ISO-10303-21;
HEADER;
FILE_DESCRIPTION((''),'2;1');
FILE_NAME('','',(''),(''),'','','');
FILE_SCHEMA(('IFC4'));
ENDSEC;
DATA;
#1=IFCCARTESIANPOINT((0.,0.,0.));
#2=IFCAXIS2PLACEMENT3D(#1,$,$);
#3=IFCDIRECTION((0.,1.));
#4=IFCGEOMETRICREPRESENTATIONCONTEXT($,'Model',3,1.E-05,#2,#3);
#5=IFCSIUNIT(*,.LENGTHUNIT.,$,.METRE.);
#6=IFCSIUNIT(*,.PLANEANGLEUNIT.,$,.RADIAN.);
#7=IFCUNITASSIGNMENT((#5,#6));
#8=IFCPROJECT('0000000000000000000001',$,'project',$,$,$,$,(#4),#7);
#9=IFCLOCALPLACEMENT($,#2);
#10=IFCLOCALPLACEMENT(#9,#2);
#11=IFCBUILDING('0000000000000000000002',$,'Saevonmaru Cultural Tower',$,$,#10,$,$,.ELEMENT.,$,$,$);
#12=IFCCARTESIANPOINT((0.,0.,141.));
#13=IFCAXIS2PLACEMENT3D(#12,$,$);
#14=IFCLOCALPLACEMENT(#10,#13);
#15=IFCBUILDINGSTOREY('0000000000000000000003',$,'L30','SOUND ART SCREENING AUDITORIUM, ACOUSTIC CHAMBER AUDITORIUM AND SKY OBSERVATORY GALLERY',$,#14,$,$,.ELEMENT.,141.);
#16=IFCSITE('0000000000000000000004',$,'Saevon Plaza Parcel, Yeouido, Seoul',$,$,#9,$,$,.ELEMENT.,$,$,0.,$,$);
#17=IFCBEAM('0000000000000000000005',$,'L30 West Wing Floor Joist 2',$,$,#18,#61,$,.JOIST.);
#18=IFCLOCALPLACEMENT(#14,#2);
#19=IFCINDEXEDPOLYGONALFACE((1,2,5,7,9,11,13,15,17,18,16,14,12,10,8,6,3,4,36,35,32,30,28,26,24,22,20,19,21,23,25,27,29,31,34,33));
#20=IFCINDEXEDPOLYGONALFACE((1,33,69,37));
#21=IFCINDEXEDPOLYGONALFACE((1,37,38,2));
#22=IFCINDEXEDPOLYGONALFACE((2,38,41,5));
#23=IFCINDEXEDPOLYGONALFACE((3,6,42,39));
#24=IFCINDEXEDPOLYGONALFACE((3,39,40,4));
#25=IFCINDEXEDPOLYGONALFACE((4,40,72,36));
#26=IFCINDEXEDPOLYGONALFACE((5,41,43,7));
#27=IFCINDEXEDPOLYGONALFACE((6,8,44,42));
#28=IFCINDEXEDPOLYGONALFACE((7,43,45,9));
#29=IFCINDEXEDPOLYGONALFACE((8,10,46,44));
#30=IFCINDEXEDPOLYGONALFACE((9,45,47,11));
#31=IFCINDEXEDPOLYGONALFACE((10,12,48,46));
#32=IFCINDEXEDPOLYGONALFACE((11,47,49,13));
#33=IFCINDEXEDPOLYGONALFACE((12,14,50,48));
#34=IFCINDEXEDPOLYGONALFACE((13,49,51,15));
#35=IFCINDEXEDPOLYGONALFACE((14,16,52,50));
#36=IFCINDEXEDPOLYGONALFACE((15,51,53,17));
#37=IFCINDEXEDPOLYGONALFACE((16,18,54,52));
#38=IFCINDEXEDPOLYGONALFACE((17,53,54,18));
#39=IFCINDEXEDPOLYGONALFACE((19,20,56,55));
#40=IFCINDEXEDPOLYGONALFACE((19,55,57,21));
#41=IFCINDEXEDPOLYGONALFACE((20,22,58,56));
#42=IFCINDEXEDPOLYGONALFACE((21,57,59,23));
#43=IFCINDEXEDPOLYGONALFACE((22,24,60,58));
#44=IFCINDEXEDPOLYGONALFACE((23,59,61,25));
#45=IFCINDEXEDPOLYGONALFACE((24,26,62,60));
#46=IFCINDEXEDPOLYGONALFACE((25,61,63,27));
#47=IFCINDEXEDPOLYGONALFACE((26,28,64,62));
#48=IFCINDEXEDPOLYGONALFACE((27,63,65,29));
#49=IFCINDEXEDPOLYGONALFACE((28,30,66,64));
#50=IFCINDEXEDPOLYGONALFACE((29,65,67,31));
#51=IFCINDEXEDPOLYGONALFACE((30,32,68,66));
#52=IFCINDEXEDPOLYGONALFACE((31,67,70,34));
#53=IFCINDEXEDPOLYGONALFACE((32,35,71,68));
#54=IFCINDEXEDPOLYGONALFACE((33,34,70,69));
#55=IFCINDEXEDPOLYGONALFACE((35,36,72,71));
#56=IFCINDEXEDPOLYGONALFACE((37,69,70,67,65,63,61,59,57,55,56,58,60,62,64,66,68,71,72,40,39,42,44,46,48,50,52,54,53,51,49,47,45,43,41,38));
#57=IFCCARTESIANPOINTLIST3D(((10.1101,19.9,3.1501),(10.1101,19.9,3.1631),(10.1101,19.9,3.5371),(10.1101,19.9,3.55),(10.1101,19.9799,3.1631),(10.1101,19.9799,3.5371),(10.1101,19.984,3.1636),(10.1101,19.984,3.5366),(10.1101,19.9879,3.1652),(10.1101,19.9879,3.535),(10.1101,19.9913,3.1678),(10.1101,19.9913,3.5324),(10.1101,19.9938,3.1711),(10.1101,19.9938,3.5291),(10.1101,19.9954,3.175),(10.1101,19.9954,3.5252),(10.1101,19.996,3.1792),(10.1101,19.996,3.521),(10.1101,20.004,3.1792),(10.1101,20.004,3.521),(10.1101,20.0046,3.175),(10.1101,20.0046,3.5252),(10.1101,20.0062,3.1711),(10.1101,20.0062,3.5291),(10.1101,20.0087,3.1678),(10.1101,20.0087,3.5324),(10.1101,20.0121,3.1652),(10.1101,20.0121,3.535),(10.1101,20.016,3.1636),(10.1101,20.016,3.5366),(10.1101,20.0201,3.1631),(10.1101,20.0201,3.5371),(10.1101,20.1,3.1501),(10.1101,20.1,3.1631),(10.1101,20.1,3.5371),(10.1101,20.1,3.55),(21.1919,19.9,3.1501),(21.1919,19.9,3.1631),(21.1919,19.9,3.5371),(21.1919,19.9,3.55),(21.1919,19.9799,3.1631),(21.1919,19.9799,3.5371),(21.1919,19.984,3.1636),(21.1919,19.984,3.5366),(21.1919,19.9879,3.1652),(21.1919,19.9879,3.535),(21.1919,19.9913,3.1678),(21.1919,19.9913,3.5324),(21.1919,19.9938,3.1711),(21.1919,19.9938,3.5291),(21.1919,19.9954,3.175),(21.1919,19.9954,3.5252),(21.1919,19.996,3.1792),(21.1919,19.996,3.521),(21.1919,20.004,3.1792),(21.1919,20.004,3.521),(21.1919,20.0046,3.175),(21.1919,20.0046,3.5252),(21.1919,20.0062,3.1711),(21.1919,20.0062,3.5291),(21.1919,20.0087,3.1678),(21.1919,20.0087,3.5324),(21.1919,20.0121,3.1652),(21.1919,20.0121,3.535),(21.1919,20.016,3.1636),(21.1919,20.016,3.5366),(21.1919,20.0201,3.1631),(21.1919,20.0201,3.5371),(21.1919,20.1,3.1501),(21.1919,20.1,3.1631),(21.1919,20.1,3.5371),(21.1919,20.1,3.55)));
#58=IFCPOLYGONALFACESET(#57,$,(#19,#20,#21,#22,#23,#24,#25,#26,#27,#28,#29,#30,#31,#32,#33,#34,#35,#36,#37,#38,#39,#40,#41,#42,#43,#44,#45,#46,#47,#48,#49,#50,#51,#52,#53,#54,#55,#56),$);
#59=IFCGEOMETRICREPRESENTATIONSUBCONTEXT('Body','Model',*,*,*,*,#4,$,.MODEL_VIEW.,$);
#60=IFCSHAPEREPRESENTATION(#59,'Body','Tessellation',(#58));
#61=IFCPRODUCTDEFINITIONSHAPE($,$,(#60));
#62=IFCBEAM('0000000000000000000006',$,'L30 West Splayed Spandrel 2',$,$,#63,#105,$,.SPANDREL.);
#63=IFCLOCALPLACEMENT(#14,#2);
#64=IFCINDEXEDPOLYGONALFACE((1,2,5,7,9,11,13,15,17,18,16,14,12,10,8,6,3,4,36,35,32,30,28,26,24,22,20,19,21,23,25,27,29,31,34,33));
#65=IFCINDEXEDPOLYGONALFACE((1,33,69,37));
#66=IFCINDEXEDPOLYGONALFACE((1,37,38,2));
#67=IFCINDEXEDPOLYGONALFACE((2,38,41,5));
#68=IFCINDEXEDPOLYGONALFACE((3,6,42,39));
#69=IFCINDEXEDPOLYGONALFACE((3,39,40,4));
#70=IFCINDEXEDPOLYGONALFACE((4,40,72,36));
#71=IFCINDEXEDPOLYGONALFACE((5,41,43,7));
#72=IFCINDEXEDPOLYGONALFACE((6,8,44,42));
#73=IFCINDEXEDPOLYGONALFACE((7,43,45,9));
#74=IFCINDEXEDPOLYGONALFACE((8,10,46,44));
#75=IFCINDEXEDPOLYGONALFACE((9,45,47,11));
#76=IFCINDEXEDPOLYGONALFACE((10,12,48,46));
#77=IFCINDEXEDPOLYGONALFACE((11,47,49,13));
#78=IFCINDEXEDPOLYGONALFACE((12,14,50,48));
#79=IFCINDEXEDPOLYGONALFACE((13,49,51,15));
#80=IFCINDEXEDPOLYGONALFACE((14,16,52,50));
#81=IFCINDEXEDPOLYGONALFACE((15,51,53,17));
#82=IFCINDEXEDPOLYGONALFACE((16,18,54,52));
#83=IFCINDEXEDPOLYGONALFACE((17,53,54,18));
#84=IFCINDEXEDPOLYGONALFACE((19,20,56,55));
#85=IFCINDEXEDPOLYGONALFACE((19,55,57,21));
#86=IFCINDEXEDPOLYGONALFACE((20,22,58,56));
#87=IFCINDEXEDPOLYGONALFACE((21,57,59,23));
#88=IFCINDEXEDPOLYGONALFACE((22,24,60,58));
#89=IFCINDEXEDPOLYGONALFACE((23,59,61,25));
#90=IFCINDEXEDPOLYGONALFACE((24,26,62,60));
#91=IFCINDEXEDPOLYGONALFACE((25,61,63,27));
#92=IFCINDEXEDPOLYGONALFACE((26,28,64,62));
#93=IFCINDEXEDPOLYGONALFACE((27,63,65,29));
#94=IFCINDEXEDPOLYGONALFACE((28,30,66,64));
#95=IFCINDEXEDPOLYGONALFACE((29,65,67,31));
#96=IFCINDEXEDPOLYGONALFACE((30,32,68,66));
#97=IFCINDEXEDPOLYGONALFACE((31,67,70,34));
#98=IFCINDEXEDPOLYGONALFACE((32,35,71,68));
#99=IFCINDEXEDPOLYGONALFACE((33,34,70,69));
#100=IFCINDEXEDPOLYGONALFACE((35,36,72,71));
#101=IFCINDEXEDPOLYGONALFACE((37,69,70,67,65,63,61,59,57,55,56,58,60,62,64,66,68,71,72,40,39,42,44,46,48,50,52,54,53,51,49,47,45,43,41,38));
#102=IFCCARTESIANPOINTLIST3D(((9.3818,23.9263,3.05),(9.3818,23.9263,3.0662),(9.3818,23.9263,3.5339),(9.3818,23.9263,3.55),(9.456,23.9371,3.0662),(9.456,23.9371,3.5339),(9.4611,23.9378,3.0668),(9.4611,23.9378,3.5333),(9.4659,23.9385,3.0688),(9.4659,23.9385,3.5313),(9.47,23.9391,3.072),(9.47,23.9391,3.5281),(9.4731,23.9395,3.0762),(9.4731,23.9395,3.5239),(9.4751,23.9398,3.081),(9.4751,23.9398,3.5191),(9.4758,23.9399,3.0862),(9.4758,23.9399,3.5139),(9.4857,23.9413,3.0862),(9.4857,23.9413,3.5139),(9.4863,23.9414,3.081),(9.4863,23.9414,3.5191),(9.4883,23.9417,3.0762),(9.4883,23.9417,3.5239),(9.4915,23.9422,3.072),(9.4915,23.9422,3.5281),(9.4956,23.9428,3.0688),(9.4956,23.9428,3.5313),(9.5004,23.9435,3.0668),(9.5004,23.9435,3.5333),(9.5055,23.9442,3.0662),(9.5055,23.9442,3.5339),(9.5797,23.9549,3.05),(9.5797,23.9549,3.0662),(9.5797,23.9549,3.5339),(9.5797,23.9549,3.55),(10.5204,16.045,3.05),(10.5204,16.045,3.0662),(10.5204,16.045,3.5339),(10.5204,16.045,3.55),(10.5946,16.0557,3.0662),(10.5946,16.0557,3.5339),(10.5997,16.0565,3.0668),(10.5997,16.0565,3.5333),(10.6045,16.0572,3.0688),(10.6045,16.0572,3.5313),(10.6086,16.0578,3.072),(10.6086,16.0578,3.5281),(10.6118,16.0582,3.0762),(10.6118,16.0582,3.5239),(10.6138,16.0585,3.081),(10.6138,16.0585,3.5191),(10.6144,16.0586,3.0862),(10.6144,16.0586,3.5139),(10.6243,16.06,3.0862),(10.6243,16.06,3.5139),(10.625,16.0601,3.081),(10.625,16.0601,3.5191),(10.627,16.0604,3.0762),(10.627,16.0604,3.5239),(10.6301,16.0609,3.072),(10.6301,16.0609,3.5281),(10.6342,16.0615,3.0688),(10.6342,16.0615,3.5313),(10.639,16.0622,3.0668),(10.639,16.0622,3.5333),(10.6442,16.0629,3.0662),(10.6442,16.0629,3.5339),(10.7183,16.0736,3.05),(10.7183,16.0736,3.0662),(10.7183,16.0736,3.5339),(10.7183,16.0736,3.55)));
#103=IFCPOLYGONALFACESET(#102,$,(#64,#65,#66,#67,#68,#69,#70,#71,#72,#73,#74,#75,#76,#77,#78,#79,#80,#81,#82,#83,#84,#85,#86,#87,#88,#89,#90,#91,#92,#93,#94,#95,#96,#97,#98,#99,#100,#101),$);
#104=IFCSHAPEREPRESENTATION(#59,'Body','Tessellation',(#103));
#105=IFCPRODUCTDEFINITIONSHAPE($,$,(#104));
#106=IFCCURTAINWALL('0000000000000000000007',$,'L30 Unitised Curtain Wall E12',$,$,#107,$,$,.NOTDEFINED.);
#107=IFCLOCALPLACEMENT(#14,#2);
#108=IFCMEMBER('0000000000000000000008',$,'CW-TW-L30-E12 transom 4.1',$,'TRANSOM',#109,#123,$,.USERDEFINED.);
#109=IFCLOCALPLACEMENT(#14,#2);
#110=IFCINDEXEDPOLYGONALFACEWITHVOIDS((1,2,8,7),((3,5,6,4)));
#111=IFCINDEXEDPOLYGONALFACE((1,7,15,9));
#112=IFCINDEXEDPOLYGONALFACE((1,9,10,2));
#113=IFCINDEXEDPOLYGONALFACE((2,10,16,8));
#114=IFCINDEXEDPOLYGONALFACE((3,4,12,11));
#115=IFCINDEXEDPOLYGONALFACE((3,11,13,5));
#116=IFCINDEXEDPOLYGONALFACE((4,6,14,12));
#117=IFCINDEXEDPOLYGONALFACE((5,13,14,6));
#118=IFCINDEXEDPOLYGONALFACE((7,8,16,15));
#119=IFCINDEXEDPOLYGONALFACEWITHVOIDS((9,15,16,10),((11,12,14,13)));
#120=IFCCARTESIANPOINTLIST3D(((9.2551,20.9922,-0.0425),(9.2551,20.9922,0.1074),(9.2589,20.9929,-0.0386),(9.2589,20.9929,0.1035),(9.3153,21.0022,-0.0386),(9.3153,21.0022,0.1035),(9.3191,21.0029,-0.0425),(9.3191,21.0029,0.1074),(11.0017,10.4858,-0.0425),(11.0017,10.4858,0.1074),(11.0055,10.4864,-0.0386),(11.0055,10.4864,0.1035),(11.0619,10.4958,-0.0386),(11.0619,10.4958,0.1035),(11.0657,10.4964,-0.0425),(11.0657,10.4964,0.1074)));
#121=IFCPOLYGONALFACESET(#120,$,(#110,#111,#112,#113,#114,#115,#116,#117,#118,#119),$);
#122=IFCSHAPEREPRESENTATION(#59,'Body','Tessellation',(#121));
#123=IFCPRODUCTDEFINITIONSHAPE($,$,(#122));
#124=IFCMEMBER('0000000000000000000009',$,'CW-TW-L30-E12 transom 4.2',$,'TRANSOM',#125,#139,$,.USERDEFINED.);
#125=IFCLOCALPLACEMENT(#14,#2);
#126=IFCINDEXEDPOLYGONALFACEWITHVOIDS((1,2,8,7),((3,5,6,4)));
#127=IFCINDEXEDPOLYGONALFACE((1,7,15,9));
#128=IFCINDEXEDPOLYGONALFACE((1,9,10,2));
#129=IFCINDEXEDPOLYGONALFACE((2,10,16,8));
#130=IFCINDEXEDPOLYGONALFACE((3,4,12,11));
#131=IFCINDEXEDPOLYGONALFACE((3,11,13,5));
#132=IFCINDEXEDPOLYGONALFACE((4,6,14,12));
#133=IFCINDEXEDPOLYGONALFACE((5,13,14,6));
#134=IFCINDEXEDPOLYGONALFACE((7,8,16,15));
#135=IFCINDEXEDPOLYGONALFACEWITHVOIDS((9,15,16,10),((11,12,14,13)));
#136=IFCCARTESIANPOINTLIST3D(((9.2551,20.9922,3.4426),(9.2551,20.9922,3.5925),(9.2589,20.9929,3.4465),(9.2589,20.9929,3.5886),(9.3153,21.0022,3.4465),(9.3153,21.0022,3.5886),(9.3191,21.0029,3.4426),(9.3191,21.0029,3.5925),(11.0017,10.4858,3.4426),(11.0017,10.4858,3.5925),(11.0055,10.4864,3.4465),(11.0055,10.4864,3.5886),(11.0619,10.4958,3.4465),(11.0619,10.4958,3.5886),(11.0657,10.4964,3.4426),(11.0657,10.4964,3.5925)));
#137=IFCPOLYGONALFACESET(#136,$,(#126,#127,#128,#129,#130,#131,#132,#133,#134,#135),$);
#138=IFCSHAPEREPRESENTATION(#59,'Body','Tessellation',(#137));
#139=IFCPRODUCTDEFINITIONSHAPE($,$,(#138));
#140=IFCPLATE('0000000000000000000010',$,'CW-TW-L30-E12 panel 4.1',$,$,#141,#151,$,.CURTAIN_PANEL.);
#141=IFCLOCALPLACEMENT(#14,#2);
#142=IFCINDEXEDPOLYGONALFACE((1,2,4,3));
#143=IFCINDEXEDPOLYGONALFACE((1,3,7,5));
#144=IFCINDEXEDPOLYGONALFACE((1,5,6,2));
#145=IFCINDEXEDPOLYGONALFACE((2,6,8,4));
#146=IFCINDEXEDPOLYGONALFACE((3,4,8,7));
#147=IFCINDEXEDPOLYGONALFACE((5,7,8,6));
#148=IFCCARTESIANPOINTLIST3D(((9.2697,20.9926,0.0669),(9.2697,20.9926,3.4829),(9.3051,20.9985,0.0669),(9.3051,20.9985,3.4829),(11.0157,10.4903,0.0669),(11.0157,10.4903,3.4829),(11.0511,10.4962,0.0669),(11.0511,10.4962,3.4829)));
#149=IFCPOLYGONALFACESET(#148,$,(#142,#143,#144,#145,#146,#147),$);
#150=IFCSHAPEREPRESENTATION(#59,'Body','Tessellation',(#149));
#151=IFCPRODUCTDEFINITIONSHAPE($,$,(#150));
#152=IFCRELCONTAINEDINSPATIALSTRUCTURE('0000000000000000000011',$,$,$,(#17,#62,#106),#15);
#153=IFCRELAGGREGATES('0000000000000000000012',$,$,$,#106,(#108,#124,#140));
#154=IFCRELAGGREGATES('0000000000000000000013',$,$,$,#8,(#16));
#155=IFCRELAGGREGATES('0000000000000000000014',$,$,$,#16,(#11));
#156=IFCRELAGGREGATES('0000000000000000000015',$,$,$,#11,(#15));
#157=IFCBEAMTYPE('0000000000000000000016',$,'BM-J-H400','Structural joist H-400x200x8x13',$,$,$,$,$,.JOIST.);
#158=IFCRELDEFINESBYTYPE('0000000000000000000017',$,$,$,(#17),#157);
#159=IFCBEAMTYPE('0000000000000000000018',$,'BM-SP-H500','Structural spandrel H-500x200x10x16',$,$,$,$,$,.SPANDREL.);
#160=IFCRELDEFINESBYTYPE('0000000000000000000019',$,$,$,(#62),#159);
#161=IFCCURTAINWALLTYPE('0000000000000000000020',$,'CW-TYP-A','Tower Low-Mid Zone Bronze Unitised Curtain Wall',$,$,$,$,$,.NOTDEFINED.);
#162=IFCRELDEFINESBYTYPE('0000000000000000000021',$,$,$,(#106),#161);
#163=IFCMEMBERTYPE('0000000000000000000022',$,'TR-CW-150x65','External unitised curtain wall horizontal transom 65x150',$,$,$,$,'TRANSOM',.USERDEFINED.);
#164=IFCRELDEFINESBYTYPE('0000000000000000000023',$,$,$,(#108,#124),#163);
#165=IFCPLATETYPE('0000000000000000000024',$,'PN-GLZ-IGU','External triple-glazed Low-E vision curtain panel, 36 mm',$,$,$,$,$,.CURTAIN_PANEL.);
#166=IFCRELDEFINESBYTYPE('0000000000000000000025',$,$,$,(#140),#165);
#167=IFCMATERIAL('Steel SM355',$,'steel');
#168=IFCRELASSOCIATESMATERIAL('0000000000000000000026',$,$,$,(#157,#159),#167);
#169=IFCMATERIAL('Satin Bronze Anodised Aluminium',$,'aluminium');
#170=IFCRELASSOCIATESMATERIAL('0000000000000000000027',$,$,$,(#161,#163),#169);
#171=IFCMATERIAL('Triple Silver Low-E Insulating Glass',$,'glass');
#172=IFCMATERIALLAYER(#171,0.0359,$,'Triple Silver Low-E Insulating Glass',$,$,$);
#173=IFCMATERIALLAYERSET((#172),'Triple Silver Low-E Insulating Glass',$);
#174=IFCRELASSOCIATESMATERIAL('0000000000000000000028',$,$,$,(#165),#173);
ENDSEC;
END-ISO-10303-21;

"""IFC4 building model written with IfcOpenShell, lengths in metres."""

from ifc_helpers import new_model, si_unit, direction, frame, origin, origin_2d, place, context, subcontext, project, spatial, rectangle, hollow_rectangle, i_section, extrude, material, layer, layer_set, material_profile, profile_set, type_object, element, aggregate, save


model = new_model("IFC4")

# Units and contexts
model_context = context("Model", 3, precision=1e-05, world=origin(), true_north=direction((0.0, 1.0)))
body_context = subcontext(model_context, "Body", "Model", "MODEL_VIEW")
ifc_project = project(units=[si_unit("LENGTHUNIT", "METRE"), si_unit("PLANEANGLEUNIT", "RADIAN")], contexts=[model_context])

# Site, building, storey
site_placement = place(None, origin())
site = spatial("IfcSite", under=ifc_project, at=site_placement, Name="Saevon Plaza Parcel, Yeouido, Seoul", CompositionType="ELEMENT", RefElevation=0.0)
building_placement = place(site_placement, origin())
building = spatial("IfcBuilding", under=site, at=building_placement, Name="Saevonmaru Cultural Tower", CompositionType="ELEMENT")
storey_placement = place(building_placement, frame((0.0, 0.0, 141.0)))
storey = spatial("IfcBuildingStorey", under=building, at=storey_placement, Name="L30", Description="SOUND ART SCREENING AUDITORIUM, ACOUSTIC CHAMBER AUDITORIUM AND SKY OBSERVATORY GALLERY", CompositionType="ELEMENT", Elevation=141.0)

# Beams
ifc_material_1 = material(Name="Steel SM355", Category="steel")
ifc_material_profile_1 = material_profile(ifc_material_1, i_section(OverallWidth=0.2, OverallDepth=0.3999, WebThickness=0.0081, FlangeThickness=0.0129, FilletRadius=0.0161, at=origin_2d()), Name="H-400x200x8x13")
ifc_profile_set_1 = profile_set([ifc_material_profile_1], Name="Steel SM355")
beam_type_1 = type_object("IfcBeamType", Name="BM-J-H400", Description="Structural joist H-400x200x8x13", PredefinedType="JOIST", material=ifc_profile_set_1)
beam_1_placement = place(storey_placement, frame((10.1101, 20.0, 3.3501), z_axis=(1.0, 0.0, 0.0), x_axis=(0.0, 1.0, 0.0)))
element("IfcBeam", 1, at=beam_1_placement, inside=storey, type_object=beam_type_1, Name="L30 West Wing Floor Joist 2", PredefinedType="JOIST", context=body_context, shape_type="SweptSolid", body=[
    extrude(i_section(OverallWidth=0.2, OverallDepth=0.3999, WebThickness=0.0081, FlangeThickness=0.0129, FilletRadius=0.0161, at=origin_2d()), origin(), (0.0, 0.0, 1.0), 11.0818),
])
ifc_material_profile_2 = material_profile(ifc_material_1, i_section(OverallWidth=0.2, OverallDepth=0.5, WebThickness=0.01, FlangeThickness=0.0161, FilletRadius=0.02, at=origin_2d()), Name="H-500x200x10x16")
ifc_profile_set_2 = profile_set([ifc_material_profile_2], Name="Steel SM355")
beam_type_2 = type_object("IfcBeamType", Name="BM-SP-H500", Description="Structural spandrel H-500x200x10x16", PredefinedType="SPANDREL", material=ifc_profile_set_2)
beam_2_placement = place(storey_placement, frame((10.6194, 16.0593, 3.3), z_axis=(-0.142992, 0.989724, 0.0), x_axis=(-0.989724, -0.142992, 0.0)))
element("IfcBeam", 2, at=beam_2_placement, inside=storey, type_object=beam_type_2, Name="L30 West Splayed Spandrel 2", PredefinedType="SPANDREL", context=body_context, shape_type="SweptSolid", body=[
    extrude(i_section(OverallWidth=0.2, OverallDepth=0.5, WebThickness=0.01, FlangeThickness=0.0161, FilletRadius=0.02, at=origin_2d()), origin(), (0.0, 0.0, 1.0), 7.9631),
])

# Curtain wall, members, plate
ifc_material_2 = material(Name="Satin Bronze Anodised Aluminium", Category="aluminium")
curtain_wall_type = type_object("IfcCurtainWallType", Name="CW-TYP-A", Description="Tower Low-Mid Zone Bronze Unitised Curtain Wall", PredefinedType="NOTDEFINED", material=ifc_material_2)
curtain_wall_placement = place(storey_placement, origin())
curtain_wall = element("IfcCurtainWall", 3, at=curtain_wall_placement, inside=storey, type_object=curtain_wall_type, Name="L30 Unitised Curtain Wall E12", PredefinedType="NOTDEFINED")
ifc_material_profile_3 = material_profile(ifc_material_2, hollow_rectangle(XDim=0.0649, YDim=0.1499, WallThickness=0.0039, at=origin_2d()), Name="ALU-TRAN-150x65x4")
ifc_profile_set_3 = profile_set([ifc_material_profile_3], Name="Satin Bronze Anodised Aluminium")
member_type = type_object("IfcMemberType", Name="TR-CW-150x65", Description="External unitised curtain wall horizontal transom 65x150", ElementType="TRANSOM", PredefinedType="USERDEFINED", material=ifc_profile_set_3)
member_1_placement = place(storey_placement, frame((9.2871, 20.9976, 0.0325), z_axis=(0.16399, -0.986462, 0.0), x_axis=(0.986462, 0.16399, 0.0)))
member_1 = element("IfcMember", 4, at=member_1_placement, type_object=member_type, Name="CW-TW-L30-E12 transom 4.1", ObjectType="TRANSOM", PredefinedType="USERDEFINED", context=body_context, shape_type="SweptSolid", body=[
    extrude(hollow_rectangle(XDim=0.0649, YDim=0.1499, WallThickness=0.0039, at=origin_2d()), origin(), (0.0, 0.0, 1.0), 10.6506),
])
member_2_placement = place(storey_placement, frame((9.2871, 20.9976, 3.5176), z_axis=(0.16399, -0.986462, 0.0), x_axis=(0.986462, 0.16399, 0.0)))
member_2 = element("IfcMember", 5, at=member_2_placement, type_object=member_type, Name="CW-TW-L30-E12 transom 4.2", ObjectType="TRANSOM", PredefinedType="USERDEFINED", context=body_context, shape_type="SweptSolid", body=[
    extrude(hollow_rectangle(XDim=0.0649, YDim=0.1499, WallThickness=0.0039, at=origin_2d()), origin(), (0.0, 0.0, 1.0), 10.6506),
])
ifc_material_3 = material(Name="Triple Silver Low-E Insulating Glass", Category="glass")
ifc_layer_1 = layer(ifc_material_3, 0.0359, Name="Triple Silver Low-E Insulating Glass")
ifc_layer_set_1 = layer_set([ifc_layer_1], Name="Triple Silver Low-E Insulating Glass")
plate_type = type_object("IfcPlateType", Name="PN-GLZ-IGU", Description="External triple-glazed Low-E vision curtain panel, 36 mm", PredefinedType="CURTAIN_PANEL", material=ifc_layer_set_1)
plate_placement = place(storey_placement, frame((10.1604, 15.7444, 0.0669), z_axis=(0.0, 0.0, 1.0), x_axis=(0.163999, -0.986461, 0.0)))
plate = element("IfcPlate", 6, at=plate_placement, type_object=plate_type, Name="CW-TW-L30-E12 panel 4.1", PredefinedType="CURTAIN_PANEL", context=body_context, shape_type="SweptSolid", body=[
    extrude(rectangle(XDim=10.6465, YDim=0.0359, at=origin_2d()), origin(), (0.0, 0.0, 1.0), 3.416),
])
aggregate(curtain_wall, [member_1, member_2, plate])

save(model, "model.ifc")
